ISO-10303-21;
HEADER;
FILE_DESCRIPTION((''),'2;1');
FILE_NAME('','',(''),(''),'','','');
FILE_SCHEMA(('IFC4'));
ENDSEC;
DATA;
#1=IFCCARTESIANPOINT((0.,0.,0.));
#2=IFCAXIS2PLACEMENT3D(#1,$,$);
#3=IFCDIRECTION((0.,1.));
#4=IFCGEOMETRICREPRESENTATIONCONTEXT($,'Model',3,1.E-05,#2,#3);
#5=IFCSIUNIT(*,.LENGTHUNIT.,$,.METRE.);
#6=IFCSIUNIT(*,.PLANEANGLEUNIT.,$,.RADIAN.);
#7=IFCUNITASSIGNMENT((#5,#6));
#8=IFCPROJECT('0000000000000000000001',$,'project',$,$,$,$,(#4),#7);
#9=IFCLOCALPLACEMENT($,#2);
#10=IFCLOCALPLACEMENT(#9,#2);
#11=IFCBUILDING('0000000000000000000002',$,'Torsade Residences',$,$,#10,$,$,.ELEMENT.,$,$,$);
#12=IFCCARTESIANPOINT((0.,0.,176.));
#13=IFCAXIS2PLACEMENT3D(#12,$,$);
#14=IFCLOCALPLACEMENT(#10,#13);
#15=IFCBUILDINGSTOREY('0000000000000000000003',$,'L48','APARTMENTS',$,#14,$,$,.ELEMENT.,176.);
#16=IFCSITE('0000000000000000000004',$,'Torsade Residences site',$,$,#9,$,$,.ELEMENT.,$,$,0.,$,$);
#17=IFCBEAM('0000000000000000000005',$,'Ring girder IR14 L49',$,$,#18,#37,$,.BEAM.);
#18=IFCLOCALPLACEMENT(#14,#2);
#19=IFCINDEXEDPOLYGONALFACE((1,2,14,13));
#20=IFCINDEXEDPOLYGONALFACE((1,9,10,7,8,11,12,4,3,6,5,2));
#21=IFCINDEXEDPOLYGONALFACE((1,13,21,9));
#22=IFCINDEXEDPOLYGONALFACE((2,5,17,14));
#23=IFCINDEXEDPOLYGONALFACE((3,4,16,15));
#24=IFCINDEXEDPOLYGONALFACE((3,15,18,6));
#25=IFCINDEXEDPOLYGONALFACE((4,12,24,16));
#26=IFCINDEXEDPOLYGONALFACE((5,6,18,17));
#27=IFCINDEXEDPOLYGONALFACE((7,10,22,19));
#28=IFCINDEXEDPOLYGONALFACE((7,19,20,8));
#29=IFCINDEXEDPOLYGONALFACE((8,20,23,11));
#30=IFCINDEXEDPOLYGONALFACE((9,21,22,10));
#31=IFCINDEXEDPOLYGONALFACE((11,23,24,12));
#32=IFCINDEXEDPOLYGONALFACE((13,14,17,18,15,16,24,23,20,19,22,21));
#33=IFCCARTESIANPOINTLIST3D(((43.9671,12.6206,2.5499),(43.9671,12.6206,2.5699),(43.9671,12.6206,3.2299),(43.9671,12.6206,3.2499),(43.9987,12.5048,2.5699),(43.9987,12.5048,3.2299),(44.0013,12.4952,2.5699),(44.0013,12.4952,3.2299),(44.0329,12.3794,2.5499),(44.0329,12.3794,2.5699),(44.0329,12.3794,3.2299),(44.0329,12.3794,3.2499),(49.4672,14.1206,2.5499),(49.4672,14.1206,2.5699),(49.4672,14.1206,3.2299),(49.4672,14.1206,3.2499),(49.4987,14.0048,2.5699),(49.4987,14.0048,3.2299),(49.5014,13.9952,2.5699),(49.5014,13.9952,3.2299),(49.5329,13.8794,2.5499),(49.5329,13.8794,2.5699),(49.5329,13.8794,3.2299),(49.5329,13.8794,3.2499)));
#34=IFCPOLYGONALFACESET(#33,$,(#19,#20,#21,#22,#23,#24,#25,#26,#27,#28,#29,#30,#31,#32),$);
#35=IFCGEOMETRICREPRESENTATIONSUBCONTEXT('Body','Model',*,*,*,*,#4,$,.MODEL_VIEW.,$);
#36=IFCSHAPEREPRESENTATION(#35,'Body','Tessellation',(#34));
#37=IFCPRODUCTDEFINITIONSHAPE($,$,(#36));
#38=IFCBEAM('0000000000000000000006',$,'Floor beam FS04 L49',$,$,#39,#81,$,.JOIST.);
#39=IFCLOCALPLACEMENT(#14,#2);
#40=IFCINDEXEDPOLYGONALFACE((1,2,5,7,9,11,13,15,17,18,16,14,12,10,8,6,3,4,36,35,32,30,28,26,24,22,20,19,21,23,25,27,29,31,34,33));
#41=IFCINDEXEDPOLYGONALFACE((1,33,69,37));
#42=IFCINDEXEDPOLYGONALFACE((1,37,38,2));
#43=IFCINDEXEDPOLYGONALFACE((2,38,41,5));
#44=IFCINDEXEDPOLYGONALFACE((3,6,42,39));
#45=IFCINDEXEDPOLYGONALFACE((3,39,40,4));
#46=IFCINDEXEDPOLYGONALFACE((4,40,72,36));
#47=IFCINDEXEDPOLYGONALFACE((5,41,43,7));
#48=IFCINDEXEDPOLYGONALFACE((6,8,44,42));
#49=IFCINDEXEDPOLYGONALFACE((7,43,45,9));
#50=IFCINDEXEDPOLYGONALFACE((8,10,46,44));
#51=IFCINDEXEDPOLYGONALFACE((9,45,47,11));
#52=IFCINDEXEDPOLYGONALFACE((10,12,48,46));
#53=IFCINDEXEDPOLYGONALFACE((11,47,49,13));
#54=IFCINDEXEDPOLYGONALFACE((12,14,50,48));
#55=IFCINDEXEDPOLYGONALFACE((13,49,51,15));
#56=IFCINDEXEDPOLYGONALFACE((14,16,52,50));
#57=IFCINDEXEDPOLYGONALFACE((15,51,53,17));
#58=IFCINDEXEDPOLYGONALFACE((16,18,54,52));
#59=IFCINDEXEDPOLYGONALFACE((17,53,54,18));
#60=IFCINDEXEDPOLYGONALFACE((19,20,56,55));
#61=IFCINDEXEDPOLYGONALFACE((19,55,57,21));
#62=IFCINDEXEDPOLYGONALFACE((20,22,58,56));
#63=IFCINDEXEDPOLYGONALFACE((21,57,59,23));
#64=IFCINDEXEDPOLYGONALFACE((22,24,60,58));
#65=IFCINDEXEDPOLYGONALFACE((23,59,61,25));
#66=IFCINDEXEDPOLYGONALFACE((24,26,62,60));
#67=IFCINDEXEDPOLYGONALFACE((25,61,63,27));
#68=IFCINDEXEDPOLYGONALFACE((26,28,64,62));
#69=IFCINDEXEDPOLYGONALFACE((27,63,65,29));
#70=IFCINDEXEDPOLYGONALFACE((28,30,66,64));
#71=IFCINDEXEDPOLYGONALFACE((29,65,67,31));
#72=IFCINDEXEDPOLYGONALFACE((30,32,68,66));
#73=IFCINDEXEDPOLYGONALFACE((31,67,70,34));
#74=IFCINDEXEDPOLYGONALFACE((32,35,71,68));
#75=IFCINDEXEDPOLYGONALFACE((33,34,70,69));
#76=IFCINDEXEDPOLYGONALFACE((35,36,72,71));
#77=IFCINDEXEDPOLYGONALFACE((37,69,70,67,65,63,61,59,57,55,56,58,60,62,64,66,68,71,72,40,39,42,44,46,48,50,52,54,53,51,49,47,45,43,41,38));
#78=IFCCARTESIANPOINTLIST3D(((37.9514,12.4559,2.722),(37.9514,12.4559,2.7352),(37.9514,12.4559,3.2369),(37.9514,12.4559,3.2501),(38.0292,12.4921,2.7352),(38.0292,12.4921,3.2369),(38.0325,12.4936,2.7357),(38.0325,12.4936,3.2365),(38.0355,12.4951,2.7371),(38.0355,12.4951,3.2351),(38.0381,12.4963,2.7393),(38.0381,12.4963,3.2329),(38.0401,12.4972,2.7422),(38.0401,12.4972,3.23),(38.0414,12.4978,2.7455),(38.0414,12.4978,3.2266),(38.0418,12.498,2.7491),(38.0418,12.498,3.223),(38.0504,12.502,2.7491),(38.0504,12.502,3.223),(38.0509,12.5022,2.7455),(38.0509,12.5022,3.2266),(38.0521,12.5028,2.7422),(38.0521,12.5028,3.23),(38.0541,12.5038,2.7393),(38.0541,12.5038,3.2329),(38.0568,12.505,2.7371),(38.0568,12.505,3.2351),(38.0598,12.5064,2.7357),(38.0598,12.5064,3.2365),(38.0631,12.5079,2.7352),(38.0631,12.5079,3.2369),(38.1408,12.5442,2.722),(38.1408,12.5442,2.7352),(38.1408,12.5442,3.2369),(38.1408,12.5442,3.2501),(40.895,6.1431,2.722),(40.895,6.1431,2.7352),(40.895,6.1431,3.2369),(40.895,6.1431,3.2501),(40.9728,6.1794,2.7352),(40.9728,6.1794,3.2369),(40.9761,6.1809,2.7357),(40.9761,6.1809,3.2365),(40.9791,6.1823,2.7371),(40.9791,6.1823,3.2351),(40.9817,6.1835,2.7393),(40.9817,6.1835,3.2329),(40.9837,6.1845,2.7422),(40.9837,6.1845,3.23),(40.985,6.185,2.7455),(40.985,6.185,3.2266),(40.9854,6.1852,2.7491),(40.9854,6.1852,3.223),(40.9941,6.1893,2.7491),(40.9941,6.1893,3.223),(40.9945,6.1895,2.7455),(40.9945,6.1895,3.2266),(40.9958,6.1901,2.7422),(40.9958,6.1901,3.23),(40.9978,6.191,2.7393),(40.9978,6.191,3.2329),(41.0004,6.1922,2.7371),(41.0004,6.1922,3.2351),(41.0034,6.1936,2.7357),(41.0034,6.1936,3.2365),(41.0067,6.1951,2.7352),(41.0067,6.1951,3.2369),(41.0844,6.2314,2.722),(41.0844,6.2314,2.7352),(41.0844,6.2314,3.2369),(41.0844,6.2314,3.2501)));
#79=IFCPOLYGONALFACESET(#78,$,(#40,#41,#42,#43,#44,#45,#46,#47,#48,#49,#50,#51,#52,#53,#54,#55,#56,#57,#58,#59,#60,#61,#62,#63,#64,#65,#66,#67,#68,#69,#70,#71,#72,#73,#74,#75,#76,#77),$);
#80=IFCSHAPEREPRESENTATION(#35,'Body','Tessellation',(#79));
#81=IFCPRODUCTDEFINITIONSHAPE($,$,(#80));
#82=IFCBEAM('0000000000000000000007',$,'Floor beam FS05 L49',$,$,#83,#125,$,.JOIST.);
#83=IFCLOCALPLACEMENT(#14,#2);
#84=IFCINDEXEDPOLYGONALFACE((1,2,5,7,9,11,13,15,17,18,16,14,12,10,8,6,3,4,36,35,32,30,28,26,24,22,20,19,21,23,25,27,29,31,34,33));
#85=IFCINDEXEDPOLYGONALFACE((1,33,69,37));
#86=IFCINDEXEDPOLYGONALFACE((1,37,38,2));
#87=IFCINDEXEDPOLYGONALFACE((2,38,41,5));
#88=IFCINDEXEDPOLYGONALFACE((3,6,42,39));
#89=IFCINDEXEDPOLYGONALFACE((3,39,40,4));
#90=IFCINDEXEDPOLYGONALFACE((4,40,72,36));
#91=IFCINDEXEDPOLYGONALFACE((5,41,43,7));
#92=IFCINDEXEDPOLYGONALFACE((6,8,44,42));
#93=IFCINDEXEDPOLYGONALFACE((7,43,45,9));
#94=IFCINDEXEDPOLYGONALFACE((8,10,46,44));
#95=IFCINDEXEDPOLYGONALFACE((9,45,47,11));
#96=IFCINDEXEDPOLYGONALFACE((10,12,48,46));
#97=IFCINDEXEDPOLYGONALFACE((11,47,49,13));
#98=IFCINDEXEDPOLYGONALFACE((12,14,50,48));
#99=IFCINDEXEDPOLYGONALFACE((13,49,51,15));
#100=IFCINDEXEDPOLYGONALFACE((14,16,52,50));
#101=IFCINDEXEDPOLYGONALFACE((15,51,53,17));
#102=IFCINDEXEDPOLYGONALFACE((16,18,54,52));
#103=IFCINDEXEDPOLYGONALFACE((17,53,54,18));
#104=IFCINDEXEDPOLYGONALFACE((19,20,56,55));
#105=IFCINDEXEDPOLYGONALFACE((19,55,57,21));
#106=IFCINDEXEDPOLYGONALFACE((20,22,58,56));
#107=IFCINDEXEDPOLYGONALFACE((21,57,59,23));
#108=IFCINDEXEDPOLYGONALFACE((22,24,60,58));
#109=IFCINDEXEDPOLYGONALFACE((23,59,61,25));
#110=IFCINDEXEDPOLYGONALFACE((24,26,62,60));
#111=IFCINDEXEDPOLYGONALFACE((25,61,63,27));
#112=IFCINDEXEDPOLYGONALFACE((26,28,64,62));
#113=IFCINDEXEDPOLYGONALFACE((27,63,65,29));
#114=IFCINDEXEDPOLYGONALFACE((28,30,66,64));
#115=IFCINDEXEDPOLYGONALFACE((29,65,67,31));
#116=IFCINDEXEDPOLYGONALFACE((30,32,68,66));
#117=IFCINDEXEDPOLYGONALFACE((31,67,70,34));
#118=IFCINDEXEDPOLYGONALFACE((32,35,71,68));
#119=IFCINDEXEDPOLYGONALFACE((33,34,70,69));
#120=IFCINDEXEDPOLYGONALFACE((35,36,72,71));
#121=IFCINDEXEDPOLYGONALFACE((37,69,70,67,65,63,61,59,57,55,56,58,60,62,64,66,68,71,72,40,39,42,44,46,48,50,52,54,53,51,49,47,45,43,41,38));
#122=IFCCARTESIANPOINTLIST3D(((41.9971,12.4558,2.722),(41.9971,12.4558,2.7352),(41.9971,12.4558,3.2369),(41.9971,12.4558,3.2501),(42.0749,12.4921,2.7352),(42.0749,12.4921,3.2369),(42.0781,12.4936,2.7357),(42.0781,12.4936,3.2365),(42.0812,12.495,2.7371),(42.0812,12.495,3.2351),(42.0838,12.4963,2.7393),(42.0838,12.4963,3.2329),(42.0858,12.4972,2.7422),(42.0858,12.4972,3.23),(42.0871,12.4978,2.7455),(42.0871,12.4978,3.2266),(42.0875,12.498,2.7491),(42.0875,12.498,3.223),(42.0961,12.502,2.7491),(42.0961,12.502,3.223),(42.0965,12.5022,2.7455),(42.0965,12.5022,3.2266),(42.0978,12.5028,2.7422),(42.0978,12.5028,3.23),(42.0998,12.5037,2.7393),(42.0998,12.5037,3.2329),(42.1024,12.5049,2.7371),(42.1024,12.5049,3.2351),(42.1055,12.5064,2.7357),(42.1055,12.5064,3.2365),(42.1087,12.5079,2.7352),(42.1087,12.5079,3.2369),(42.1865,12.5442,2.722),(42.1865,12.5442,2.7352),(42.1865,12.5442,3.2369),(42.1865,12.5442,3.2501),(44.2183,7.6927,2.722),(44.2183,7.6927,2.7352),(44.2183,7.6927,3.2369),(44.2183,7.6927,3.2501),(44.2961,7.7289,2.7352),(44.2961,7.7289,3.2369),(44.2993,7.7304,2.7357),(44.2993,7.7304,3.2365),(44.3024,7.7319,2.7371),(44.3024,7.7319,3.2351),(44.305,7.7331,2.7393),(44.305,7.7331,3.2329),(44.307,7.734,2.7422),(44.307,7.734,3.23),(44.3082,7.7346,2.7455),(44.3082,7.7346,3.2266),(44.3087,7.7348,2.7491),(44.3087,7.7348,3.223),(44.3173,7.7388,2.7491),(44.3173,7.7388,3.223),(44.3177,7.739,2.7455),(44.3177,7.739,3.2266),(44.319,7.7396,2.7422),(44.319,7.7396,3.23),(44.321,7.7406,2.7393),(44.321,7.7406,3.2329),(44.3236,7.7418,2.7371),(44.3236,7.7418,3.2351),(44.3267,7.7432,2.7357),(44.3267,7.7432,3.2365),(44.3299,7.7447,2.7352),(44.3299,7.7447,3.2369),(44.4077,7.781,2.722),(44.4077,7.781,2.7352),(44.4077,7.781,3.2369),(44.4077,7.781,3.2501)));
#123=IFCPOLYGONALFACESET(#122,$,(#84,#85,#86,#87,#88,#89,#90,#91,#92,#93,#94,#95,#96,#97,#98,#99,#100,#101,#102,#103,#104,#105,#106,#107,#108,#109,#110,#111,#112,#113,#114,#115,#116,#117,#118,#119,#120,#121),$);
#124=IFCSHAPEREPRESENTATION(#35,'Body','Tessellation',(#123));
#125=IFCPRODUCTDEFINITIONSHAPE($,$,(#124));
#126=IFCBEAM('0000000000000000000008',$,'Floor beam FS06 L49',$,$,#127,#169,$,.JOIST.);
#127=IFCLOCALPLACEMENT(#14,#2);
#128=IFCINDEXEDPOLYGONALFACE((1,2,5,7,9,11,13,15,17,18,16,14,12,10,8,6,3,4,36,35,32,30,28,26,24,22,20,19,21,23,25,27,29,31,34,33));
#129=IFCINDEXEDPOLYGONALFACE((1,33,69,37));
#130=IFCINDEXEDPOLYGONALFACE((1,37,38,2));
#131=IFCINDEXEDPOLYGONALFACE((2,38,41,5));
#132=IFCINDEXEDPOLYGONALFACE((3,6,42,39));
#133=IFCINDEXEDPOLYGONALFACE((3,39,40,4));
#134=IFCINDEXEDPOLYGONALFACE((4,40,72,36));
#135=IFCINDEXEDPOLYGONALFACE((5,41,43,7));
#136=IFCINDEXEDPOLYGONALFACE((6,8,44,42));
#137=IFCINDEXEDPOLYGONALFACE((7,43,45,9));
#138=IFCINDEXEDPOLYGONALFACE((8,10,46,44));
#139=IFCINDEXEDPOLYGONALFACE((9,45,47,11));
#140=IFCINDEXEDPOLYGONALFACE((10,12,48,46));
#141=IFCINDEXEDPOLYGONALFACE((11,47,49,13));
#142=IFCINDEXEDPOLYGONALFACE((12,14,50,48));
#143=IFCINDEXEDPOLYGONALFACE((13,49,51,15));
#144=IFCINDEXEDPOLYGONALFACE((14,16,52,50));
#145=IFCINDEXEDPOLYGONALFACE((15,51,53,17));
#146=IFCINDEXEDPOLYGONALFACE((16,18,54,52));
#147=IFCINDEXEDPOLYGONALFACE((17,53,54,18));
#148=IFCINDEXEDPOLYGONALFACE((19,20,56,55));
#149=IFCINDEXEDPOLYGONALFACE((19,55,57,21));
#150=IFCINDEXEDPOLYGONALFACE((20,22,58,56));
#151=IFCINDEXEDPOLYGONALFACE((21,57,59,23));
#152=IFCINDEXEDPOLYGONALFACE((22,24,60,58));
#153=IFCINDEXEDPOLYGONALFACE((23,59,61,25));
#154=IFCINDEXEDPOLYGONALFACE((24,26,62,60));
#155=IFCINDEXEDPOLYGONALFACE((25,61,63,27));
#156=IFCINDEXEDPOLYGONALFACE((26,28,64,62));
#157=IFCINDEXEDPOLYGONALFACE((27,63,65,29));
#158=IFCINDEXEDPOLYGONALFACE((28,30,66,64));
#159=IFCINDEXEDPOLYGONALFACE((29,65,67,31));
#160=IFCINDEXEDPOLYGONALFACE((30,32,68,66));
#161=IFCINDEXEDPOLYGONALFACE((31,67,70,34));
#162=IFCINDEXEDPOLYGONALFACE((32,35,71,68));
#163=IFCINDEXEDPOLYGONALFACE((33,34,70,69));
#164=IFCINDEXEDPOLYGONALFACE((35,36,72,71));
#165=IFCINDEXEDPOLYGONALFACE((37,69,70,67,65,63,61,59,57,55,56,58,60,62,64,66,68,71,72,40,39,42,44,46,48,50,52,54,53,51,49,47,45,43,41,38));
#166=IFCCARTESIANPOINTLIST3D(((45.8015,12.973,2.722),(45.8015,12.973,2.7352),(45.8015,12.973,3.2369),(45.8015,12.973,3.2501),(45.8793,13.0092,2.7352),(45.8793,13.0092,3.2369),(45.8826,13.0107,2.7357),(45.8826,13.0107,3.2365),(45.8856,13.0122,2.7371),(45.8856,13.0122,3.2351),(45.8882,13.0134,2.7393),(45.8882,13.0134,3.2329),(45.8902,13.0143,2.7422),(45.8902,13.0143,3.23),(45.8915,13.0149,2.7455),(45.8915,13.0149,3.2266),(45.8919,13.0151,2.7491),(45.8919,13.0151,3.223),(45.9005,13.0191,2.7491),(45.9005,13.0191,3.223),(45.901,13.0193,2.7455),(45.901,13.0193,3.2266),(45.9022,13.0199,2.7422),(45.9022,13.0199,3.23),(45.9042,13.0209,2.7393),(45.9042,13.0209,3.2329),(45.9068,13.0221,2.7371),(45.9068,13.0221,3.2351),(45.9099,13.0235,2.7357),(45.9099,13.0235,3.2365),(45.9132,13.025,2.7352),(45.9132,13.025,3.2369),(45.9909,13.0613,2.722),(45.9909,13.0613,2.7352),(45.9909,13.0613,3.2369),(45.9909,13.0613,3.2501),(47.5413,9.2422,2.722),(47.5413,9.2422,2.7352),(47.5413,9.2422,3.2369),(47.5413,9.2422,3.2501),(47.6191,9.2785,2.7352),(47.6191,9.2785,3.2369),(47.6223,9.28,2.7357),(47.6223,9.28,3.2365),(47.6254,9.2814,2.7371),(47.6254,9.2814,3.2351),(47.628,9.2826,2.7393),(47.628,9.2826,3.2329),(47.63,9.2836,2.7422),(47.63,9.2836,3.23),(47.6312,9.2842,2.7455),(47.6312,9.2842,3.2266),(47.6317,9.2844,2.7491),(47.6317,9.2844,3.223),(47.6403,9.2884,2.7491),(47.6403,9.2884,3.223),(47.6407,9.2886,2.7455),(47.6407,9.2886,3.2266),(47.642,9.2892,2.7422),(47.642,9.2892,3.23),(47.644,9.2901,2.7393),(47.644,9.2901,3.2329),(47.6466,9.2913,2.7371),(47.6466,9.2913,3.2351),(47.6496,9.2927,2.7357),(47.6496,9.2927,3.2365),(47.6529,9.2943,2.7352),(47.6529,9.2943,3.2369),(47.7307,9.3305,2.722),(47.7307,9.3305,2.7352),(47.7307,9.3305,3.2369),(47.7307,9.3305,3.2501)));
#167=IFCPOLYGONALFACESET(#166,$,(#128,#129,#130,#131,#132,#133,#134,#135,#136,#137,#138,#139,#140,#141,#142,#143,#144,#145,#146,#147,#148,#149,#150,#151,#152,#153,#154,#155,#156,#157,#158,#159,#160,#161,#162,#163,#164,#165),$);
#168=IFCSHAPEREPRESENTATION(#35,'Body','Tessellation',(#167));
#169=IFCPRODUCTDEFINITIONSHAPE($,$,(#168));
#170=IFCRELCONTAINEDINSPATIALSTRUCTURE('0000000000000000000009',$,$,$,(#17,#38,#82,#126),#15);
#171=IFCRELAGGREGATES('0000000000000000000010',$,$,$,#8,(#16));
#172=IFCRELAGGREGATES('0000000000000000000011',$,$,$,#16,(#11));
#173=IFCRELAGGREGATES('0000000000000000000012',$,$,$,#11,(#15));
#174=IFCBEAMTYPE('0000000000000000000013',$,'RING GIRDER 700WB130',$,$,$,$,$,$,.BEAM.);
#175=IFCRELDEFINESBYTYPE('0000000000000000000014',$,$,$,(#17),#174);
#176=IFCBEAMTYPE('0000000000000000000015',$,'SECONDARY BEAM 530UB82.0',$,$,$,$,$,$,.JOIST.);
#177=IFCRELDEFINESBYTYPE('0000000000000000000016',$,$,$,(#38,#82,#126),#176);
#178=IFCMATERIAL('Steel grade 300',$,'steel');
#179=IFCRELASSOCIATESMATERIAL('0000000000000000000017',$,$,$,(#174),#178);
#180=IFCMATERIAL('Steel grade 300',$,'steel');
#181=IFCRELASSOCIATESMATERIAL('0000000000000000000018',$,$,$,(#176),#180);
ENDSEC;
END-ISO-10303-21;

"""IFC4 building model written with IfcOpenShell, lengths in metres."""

from ifc_helpers import new_model, si_unit, direction, frame, origin, origin_2d, place, context, subcontext, project, spatial, i_section, extrude, material, material_profile, profile_set, type_object, element, save


model = new_model("IFC4")

# Units and contexts
model_context = context("Model", 3, precision=1e-05, world=origin(), true_north=direction((0.0, 1.0)))
body_context = subcontext(model_context, "Body", "Model", "MODEL_VIEW")
ifc_project = project(units=[si_unit("LENGTHUNIT", "METRE"), si_unit("PLANEANGLEUNIT", "RADIAN")], contexts=[model_context])

# Site, building, storey
site_placement = place(None, origin())
site = spatial("IfcSite", under=ifc_project, at=site_placement, Name="Torsade Residences site", CompositionType="ELEMENT", RefElevation=0.0)
building_placement = place(site_placement, origin())
building = spatial("IfcBuilding", under=site, at=building_placement, Name="Torsade Residences", CompositionType="ELEMENT")
storey_placement = place(building_placement, frame((0.0, 0.0, 176.0)))
storey = spatial("IfcBuildingStorey", under=building, at=storey_placement, Name="L48", Description="APARTMENTS", CompositionType="ELEMENT", Elevation=176.0)

# Beams
ifc_material_1 = material(Name="Steel grade 300", Category="steel")
ifc_material_profile_1 = material_profile(ifc_material_1, i_section(OverallWidth=0.25, OverallDepth=0.7, WebThickness=0.01, FlangeThickness=0.02, at=origin_2d()), Name="700WB130")
ifc_profile_set_1 = profile_set([ifc_material_profile_1], Name="Steel grade 300")
beam_type_1 = type_object("IfcBeamType", Name="RING GIRDER 700WB130", PredefinedType="BEAM", material=ifc_profile_set_1)
beam_1_placement = place(storey_placement, frame((44.0, 12.5, 2.8999), z_axis=(0.964764, 0.263117, 0.0), x_axis=(-0.263117, 0.964764, 0.0)))
element("IfcBeam", 1, at=beam_1_placement, inside=storey, type_object=beam_type_1, Name="Ring girder IR14 L49", PredefinedType="BEAM", context=body_context, shape_type="SweptSolid", body=[
    extrude(i_section(OverallWidth=0.25, OverallDepth=0.7, WebThickness=0.01, FlangeThickness=0.02, at=origin_2d()), origin(), (0.0, 0.0, 1.0), 5.7009),
])
ifc_material_2 = material(Name="Steel grade 300", Category="steel")
ifc_material_profile_2 = material_profile(ifc_material_2, i_section(OverallWidth=0.209, OverallDepth=0.5281, WebThickness=0.0095, FlangeThickness=0.0132, FilletRadius=0.0139, at=origin_2d()), Name="530UB82.0")
ifc_profile_set_2 = profile_set([ifc_material_profile_2], Name="Steel grade 300")
beam_type_2 = type_object("IfcBeamType", Name="SECONDARY BEAM 530UB82.0", PredefinedType="JOIST", material=ifc_profile_set_2)
beam_2_placement = place(storey_placement, frame((40.9897, 6.1873, 2.9861), z_axis=(-0.422609, 0.906312, 0.0), x_axis=(-0.906312, -0.422609, 0.0)))
element("IfcBeam", 2, at=beam_2_placement, inside=storey, type_object=beam_type_2, Name="Floor beam FS04 L49", PredefinedType="JOIST", context=body_context, shape_type="SweptSolid", body=[
    extrude(i_section(OverallWidth=0.209, OverallDepth=0.5281, WebThickness=0.0095, FlangeThickness=0.0132, FilletRadius=0.0139, at=origin_2d()), origin(), (0.0, 0.0, 1.0), 6.9653),
])
beam_3_placement = place(storey_placement, frame((44.313, 7.7368, 2.9861), z_axis=(-0.422631, 0.906302, 0.0), x_axis=(-0.906302, -0.422631, 0.0)))
element("IfcBeam", 3, at=beam_3_placement, inside=storey, type_object=beam_type_2, Name="Floor beam FS05 L49", PredefinedType="JOIST", context=body_context, shape_type="SweptSolid", body=[
    extrude(i_section(OverallWidth=0.209, OverallDepth=0.5281, WebThickness=0.0095, FlangeThickness=0.0132, FilletRadius=0.0139, at=origin_2d()), origin(), (0.0, 0.0, 1.0), 5.2556),
])
beam_4_placement = place(storey_placement, frame((47.636, 9.2864, 2.9861), z_axis=(-0.422635, 0.9063, 0.0), x_axis=(-0.9063, -0.422635, 0.0)))
element("IfcBeam", 4, at=beam_4_placement, inside=storey, type_object=beam_type_2, Name="Floor beam FS06 L49", PredefinedType="JOIST", context=body_context, shape_type="SweptSolid", body=[
    extrude(i_section(OverallWidth=0.209, OverallDepth=0.5281, WebThickness=0.0095, FlangeThickness=0.0132, FilletRadius=0.0139, at=origin_2d()), origin(), (0.0, 0.0, 1.0), 4.1165),
])

save(model, "model.ifc")
